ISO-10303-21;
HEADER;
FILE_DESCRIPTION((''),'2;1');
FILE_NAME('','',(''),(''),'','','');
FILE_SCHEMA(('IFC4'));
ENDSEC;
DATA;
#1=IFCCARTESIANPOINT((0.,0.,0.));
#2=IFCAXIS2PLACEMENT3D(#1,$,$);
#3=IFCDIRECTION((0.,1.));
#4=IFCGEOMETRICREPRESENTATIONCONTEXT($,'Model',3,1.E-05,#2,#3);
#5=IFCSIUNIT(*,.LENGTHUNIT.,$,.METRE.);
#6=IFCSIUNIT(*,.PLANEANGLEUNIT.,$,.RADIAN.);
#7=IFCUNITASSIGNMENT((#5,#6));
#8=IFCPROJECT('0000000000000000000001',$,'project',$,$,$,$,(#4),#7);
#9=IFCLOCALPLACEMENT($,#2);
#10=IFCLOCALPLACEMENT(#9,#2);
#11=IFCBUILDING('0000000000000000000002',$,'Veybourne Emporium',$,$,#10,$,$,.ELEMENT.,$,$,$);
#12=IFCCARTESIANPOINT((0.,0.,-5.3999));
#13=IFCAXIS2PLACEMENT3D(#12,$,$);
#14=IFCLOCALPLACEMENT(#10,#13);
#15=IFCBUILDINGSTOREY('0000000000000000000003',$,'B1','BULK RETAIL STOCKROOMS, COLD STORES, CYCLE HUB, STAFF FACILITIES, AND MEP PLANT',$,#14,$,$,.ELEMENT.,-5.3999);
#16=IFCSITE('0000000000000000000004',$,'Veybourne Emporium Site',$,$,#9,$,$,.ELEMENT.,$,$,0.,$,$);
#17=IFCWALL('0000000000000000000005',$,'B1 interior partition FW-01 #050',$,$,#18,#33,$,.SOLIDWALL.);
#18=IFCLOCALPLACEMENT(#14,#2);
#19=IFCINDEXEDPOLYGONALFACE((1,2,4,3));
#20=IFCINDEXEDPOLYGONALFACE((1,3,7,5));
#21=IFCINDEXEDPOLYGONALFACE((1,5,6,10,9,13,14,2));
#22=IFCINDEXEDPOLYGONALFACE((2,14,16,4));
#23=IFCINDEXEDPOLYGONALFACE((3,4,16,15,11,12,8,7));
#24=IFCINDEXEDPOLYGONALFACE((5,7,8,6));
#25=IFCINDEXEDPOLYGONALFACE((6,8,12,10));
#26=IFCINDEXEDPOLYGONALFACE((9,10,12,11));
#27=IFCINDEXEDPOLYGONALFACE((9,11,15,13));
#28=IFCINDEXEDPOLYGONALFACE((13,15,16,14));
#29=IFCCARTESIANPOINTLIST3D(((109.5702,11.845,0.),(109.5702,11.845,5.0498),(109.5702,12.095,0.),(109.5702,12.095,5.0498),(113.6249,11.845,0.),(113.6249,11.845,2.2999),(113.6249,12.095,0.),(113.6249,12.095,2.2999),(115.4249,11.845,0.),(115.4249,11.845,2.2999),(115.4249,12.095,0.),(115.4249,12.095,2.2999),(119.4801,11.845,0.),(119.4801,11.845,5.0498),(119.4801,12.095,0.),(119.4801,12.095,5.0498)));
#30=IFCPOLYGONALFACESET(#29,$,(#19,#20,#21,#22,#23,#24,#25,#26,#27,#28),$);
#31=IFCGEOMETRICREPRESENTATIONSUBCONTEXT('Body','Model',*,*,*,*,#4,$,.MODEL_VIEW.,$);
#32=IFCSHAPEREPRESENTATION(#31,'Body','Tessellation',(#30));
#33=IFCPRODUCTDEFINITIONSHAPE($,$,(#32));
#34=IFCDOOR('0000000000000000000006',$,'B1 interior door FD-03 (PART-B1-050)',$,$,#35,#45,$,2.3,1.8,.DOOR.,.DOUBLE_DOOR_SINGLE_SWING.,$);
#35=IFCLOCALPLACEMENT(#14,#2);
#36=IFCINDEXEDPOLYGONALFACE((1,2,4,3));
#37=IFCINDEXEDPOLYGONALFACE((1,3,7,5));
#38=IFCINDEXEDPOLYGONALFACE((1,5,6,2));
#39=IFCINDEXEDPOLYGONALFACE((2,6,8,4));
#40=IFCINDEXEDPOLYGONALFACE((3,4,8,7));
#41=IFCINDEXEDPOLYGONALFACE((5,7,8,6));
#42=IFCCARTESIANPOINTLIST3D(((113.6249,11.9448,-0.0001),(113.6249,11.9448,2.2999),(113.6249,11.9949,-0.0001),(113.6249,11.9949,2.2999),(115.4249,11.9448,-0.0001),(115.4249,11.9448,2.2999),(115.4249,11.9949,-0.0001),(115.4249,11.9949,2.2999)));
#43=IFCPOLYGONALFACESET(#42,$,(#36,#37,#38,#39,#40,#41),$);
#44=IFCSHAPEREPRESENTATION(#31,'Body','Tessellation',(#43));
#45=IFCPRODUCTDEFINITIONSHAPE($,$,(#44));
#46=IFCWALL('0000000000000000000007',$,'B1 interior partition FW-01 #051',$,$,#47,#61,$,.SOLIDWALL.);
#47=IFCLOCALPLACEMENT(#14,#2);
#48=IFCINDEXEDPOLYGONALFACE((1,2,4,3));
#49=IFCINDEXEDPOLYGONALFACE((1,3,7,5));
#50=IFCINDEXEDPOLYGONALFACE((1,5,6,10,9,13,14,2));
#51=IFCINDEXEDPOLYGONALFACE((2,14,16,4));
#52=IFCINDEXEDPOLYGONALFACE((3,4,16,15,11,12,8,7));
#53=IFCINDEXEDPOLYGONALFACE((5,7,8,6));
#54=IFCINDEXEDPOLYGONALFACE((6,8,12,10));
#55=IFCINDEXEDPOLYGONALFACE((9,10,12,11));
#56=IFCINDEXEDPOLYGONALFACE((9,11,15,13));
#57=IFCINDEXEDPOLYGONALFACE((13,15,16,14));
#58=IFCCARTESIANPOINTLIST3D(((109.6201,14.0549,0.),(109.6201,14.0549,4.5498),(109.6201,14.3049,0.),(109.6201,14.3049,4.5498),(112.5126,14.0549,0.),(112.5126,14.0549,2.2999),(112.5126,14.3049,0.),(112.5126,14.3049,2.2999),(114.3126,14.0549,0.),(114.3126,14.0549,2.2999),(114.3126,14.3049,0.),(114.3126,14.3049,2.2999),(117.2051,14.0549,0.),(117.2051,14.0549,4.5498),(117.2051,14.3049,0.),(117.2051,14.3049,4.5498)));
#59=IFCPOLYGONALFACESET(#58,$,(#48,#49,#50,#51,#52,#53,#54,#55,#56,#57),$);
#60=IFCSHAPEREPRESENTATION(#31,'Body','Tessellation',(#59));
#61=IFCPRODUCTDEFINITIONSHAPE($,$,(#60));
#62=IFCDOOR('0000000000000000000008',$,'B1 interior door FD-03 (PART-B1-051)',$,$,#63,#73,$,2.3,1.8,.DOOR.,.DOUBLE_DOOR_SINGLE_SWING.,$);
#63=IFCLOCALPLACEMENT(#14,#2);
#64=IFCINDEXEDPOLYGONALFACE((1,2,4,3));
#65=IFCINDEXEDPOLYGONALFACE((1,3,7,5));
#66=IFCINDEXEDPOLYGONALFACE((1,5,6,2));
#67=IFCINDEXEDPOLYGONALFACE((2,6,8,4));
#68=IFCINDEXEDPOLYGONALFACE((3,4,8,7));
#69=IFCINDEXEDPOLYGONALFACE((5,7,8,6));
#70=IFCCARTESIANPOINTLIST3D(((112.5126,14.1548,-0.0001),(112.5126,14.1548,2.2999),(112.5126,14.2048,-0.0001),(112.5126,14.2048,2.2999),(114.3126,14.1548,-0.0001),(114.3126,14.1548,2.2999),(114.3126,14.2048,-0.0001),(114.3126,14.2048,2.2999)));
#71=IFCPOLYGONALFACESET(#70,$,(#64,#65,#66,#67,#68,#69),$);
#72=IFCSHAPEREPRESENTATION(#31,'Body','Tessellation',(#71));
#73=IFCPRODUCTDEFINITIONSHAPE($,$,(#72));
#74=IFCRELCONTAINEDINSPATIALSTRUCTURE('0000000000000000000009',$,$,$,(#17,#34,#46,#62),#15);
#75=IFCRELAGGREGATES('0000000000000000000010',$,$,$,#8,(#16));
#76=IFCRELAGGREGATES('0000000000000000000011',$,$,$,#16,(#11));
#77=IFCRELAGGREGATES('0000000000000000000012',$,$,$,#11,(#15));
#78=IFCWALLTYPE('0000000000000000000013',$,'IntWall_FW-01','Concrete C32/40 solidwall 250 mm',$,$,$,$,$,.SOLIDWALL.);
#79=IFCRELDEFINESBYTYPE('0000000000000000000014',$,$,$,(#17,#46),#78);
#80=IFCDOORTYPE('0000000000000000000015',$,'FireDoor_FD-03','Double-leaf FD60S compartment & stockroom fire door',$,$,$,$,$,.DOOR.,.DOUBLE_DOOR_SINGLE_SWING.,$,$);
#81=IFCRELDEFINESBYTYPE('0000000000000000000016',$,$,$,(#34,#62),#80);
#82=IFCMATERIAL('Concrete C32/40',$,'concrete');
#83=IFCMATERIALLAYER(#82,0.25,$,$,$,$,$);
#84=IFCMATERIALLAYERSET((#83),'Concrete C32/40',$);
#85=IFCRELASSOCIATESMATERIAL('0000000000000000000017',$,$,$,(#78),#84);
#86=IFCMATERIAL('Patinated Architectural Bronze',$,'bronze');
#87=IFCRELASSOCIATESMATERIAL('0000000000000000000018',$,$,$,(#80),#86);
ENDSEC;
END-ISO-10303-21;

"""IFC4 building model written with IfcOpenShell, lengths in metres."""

from ifc_helpers import new_model, si_unit, direction, frame, frame_2d, origin, place, context, subcontext, project, spatial, rectangle, extrude, material, layer, layer_set, type_object, element, fill, save


model = new_model("IFC4")

# Units and contexts
model_context = context("Model", 3, precision=1e-05, world=origin(), true_north=direction((0.0, 1.0)))
body_context = subcontext(model_context, "Body", "Model", "MODEL_VIEW")
ifc_project = project(units=[si_unit("LENGTHUNIT", "METRE"), si_unit("PLANEANGLEUNIT", "RADIAN")], contexts=[model_context])

# Site, building, storey
site_placement = place(None, origin())
site = spatial("IfcSite", under=ifc_project, at=site_placement, Name="Veybourne Emporium Site", CompositionType="ELEMENT", RefElevation=0.0)
building_placement = place(site_placement, origin())
building = spatial("IfcBuilding", under=site, at=building_placement, Name="Veybourne Emporium", CompositionType="ELEMENT")
storey_placement = place(building_placement, frame((0.0, 0.0, -5.3999)))
storey = spatial("IfcBuildingStorey", under=building, at=storey_placement, Name="B1", Description="BULK RETAIL STOCKROOMS, COLD STORES, CYCLE HUB, STAFF FACILITIES, AND MEP PLANT", CompositionType="ELEMENT", Elevation=-5.3999)

# Shared definitions
ifc_material_1 = material(Name="Concrete C32/40", Category="concrete")

# Walls, openings, doors
ifc_layer_1 = layer(ifc_material_1, 0.25)
ifc_layer_set_1 = layer_set([ifc_layer_1], Name="Concrete C32/40")
wall_type_1 = type_object("IfcWallType", Name="IntWall_FW-01", Description="Concrete C32/40 solidwall 250 mm", PredefinedType="SOLIDWALL", material=ifc_layer_set_1)
wall_1_placement = place(storey_placement, frame((109.5701, 11.97, 0.0), z_axis=(0.0, 0.0, 1.0), x_axis=(1.0, 0.0, 0.0)))
wall_1 = element("IfcWall", 1, at=wall_1_placement, inside=storey, type_object=wall_type_1, Name="B1 interior partition FW-01 #050", PredefinedType="SOLIDWALL", context=body_context, shape_type="SweptSolid", body=[
    extrude(rectangle(XDim=9.9099, YDim=0.25, at=frame_2d((4.9551, 0.0))), origin(), (0.0, 0.0, 1.0), 5.0498),
])
opening_1_placement = place(wall_1_placement, frame((4.0549, 0.0, 0.0)))
opening_1 = element("IfcOpeningElement", 2, at=opening_1_placement, cuts=wall_1, PredefinedType="OPENING", context=body_context, shape_type="SweptSolid", body=[
    extrude(rectangle(XDim=1.8, YDim=2.3, at=frame_2d((0.8999, 1.1499))), frame((0.0, 0.145, 0.0), z_axis=(0.0, -1.0, 0.0), x_axis=(1.0, 0.0, 0.0)), (0.0, 0.0, 1.0), 0.29),
])
ifc_material_2 = material(Name="Patinated Architectural Bronze", Category="bronze")
door_type = type_object("IfcDoorType", Name="FireDoor_FD-03", Description="Double-leaf FD60S compartment & stockroom fire door", OperationType="DOUBLE_DOOR_SINGLE_SWING", PredefinedType="DOOR", material=ifc_material_2)
door_1_placement = place(opening_1_placement, origin())
door_1 = element("IfcDoor", 3, at=door_1_placement, inside=storey, type_object=door_type, Name="B1 interior door FD-03 (PART-B1-050)", OperationType="DOUBLE_DOOR_SINGLE_SWING", OverallHeight=2.3, OverallWidth=1.8, PredefinedType="DOOR", context=body_context, shape_type="SweptSolid", body=[
    extrude(rectangle(XDim=1.8, YDim=2.3, at=frame_2d((0.8999, 1.1499))), frame((0.0, 0.0249, 0.0), z_axis=(0.0, -1.0, 0.0), x_axis=(1.0, 0.0, 0.0)), (0.0, 0.0, 1.0), 0.05),
])
fill(opening_1, door_1)
wall_2_placement = place(storey_placement, frame((109.6201, 14.1799, 0.0), z_axis=(0.0, 0.0, 1.0), x_axis=(1.0, 0.0, 0.0)))
wall_2 = element("IfcWall", 4, at=wall_2_placement, inside=storey, type_object=wall_type_1, Name="B1 interior partition FW-01 #051", PredefinedType="SOLIDWALL", context=body_context, shape_type="SweptSolid", body=[
    extrude(rectangle(XDim=7.585, YDim=0.25, at=frame_2d((3.7925, 0.0))), origin(), (0.0, 0.0, 1.0), 4.5498),
])
opening_2_placement = place(wall_2_placement, frame((2.8926, 0.0, 0.0)))
opening_2 = element("IfcOpeningElement", 5, at=opening_2_placement, cuts=wall_2, PredefinedType="OPENING", context=body_context, shape_type="SweptSolid", body=[
    extrude(rectangle(XDim=1.8, YDim=2.3, at=frame_2d((0.8999, 1.1499))), frame((0.0, 0.145, 0.0), z_axis=(0.0, -1.0, 0.0), x_axis=(1.0, 0.0, 0.0)), (0.0, 0.0, 1.0), 0.29),
])
door_2_placement = place(opening_2_placement, origin())
door_2 = element("IfcDoor", 6, at=door_2_placement, inside=storey, type_object=door_type, Name="B1 interior door FD-03 (PART-B1-051)", OperationType="DOUBLE_DOOR_SINGLE_SWING", OverallHeight=2.3, OverallWidth=1.8, PredefinedType="DOOR", context=body_context, shape_type="SweptSolid", body=[
    extrude(rectangle(XDim=1.8, YDim=2.3, at=frame_2d((0.8999, 1.1499))), frame((0.0, 0.0249, 0.0), z_axis=(0.0, -1.0, 0.0), x_axis=(1.0, 0.0, 0.0)), (0.0, 0.0, 1.0), 0.05),
])
fill(opening_2, door_2)

save(model, "model.ifc")
